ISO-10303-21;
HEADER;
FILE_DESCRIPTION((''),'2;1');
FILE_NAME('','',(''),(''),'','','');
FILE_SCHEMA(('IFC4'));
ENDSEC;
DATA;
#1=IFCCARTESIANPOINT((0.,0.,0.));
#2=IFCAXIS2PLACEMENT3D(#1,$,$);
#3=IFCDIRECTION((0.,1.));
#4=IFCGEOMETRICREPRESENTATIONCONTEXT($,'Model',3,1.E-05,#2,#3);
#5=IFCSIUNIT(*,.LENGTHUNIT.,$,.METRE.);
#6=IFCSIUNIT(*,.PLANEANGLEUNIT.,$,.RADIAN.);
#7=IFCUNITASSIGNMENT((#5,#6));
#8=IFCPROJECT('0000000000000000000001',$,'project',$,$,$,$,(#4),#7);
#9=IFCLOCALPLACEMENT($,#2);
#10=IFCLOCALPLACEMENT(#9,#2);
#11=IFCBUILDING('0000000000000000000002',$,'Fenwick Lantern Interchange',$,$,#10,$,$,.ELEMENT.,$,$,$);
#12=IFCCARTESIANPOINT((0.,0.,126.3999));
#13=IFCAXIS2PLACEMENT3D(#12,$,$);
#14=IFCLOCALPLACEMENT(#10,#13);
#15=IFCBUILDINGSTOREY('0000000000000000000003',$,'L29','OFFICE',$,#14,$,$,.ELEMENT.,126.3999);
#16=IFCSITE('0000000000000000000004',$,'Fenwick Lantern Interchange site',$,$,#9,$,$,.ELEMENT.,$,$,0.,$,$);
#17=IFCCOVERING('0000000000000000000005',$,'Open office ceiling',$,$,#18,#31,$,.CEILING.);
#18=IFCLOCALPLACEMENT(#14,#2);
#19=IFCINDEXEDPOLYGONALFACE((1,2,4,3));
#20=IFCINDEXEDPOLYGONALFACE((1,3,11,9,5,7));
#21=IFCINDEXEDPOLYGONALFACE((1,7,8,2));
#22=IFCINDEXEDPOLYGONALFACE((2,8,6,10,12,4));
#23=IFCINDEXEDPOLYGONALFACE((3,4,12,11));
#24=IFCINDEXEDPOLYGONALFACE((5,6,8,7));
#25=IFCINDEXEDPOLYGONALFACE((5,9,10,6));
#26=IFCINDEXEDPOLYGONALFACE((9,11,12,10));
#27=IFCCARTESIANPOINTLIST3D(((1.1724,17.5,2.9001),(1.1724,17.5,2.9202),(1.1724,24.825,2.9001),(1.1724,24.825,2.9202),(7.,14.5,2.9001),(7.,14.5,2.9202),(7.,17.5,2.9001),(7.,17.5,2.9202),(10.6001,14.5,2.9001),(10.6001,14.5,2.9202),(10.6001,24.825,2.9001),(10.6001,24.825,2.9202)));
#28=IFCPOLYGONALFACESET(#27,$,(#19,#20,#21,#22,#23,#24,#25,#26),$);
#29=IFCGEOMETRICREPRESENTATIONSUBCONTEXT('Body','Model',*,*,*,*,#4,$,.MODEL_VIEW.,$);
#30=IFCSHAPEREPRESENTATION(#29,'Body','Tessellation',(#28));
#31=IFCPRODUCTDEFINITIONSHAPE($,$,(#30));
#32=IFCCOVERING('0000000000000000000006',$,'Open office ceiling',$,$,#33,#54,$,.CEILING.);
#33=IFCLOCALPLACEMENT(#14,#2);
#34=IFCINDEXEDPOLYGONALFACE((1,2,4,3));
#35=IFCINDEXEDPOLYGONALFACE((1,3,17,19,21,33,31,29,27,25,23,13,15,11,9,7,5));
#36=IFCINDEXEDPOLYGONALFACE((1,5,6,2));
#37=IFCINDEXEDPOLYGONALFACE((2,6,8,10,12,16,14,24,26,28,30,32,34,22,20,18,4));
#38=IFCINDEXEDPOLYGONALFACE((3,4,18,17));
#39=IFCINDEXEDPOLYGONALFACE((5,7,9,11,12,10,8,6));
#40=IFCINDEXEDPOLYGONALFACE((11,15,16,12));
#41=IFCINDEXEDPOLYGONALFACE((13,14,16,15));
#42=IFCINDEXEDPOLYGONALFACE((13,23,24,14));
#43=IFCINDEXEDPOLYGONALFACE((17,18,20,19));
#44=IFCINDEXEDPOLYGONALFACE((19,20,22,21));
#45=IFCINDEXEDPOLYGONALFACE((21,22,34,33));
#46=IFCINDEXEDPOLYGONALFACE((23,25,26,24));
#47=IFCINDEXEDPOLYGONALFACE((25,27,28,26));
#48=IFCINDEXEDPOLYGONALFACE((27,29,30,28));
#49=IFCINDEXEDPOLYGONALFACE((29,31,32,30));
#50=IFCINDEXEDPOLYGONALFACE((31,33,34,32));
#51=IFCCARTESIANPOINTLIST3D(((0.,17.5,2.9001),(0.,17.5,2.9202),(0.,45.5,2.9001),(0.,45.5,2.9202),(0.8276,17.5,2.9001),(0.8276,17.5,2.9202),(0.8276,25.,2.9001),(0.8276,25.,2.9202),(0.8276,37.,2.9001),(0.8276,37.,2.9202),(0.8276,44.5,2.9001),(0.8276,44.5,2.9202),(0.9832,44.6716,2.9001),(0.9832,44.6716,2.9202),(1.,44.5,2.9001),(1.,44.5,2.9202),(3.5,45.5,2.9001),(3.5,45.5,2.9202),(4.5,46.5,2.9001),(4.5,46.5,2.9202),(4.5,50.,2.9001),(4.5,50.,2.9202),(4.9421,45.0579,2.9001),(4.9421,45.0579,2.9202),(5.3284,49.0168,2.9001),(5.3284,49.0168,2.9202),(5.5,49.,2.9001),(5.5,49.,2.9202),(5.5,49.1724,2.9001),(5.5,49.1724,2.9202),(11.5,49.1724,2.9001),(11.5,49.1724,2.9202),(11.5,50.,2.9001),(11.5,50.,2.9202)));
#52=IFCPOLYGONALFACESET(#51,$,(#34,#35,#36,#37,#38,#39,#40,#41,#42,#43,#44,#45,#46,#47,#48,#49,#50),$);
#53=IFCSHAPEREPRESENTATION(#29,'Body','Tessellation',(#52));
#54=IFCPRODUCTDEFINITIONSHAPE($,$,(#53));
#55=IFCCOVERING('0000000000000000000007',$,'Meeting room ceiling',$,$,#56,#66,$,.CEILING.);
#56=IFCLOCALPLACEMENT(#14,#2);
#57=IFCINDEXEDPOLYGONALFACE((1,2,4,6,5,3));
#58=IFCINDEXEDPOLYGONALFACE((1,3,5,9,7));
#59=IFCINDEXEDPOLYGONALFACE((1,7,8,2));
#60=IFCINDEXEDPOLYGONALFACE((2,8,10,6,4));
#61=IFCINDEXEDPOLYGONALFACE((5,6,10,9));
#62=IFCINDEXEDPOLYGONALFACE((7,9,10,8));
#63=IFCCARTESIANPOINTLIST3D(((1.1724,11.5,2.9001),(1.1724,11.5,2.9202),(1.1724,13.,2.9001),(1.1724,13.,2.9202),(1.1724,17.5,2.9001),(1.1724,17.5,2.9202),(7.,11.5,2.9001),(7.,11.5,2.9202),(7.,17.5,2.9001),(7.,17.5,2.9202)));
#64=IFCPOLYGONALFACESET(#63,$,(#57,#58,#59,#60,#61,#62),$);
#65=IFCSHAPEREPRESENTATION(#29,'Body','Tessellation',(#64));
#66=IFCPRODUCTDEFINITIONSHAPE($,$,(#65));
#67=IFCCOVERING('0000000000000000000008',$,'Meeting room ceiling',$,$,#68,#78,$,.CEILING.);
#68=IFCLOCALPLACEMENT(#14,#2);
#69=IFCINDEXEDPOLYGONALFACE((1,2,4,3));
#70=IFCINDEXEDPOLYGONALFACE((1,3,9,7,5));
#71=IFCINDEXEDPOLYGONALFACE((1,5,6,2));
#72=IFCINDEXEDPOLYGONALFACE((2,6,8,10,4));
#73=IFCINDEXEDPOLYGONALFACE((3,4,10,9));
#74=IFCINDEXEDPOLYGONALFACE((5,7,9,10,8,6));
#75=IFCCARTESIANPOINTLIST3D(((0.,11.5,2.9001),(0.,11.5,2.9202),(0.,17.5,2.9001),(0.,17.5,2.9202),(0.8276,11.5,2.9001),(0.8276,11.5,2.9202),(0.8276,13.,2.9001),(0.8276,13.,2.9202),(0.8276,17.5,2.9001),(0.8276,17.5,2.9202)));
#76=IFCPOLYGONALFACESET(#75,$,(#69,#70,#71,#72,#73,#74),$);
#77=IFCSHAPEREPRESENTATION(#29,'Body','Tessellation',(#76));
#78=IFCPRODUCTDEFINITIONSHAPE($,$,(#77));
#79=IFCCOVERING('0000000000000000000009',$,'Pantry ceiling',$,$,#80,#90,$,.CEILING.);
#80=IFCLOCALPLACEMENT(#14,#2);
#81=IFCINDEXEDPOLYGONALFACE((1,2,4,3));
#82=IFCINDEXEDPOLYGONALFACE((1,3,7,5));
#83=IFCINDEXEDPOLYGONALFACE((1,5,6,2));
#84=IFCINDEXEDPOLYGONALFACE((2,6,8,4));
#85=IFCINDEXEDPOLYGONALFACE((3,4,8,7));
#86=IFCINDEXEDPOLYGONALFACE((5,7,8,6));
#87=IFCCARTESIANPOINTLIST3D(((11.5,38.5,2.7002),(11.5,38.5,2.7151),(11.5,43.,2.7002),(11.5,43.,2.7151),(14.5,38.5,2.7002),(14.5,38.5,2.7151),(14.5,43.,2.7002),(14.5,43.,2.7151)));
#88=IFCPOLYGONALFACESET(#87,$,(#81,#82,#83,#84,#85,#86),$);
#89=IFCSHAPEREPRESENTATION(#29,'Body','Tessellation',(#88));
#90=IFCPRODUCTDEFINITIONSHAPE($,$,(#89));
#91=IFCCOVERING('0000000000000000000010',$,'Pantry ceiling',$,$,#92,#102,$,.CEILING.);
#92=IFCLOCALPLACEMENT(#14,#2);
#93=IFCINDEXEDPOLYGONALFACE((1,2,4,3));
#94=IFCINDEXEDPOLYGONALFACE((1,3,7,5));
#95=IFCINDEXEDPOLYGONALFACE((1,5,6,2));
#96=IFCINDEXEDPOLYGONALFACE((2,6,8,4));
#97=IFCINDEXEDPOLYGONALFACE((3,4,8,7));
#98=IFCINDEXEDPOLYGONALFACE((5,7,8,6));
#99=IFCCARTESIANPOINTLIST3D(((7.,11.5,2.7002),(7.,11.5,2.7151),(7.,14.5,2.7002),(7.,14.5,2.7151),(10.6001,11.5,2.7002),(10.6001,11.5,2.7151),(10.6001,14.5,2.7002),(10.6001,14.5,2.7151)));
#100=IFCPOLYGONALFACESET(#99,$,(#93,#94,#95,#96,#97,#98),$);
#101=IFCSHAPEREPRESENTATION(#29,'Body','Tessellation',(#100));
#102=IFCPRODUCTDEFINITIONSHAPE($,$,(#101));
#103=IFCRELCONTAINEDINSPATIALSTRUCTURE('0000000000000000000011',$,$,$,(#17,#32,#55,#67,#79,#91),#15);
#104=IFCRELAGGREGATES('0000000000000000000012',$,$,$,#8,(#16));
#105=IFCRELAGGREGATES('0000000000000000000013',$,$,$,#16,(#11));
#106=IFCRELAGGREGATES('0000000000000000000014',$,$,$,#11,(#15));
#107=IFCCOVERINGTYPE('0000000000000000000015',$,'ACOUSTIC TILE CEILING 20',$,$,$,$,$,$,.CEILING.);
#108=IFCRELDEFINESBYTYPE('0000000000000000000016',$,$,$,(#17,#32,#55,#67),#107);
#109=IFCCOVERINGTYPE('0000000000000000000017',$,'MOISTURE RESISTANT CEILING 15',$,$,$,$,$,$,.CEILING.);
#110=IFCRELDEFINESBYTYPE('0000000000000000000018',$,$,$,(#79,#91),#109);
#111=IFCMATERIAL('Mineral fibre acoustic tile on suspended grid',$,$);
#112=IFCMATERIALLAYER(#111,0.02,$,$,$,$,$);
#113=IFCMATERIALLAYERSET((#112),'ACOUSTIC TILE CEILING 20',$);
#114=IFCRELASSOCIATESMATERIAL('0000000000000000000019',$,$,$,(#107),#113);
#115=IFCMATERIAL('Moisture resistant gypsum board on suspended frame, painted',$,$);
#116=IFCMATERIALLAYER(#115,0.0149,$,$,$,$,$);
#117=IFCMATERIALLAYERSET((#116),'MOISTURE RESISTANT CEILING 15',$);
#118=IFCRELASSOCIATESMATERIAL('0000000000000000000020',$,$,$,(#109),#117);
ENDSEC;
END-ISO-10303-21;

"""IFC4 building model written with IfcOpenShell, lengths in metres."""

from ifc_helpers import new_model, si_unit, direction, frame, origin, place, context, subcontext, project, spatial, polyline, outline, extrude, material, layer, layer_set, type_object, element, save


model = new_model("IFC4")

# Units and contexts
model_context = context("Model", 3, precision=1e-05, world=origin(), true_north=direction((0.0, 1.0)))
body_context = subcontext(model_context, "Body", "Model", "MODEL_VIEW")
ifc_project = project(units=[si_unit("LENGTHUNIT", "METRE"), si_unit("PLANEANGLEUNIT", "RADIAN")], contexts=[model_context])

# Site, building, storey
site_placement = place(None, origin())
site = spatial("IfcSite", under=ifc_project, at=site_placement, Name="Fenwick Lantern Interchange site", CompositionType="ELEMENT", RefElevation=0.0)
building_placement = place(site_placement, origin())
building = spatial("IfcBuilding", under=site, at=building_placement, Name="Fenwick Lantern Interchange", CompositionType="ELEMENT")
storey_placement = place(building_placement, frame((0.0, 0.0, 126.3999)))
storey = spatial("IfcBuildingStorey", under=building, at=storey_placement, Name="L29", Description="OFFICE", CompositionType="ELEMENT", Elevation=126.3999)

# Coverings
ifc_material_1 = material(Name="Mineral fibre acoustic tile on suspended grid")
ifc_layer_1 = layer(ifc_material_1, 0.02)
ifc_layer_set_1 = layer_set([ifc_layer_1], Name="ACOUSTIC TILE CEILING 20")
covering_type_1 = type_object("IfcCoveringType", Name="ACOUSTIC TILE CEILING 20", PredefinedType="CEILING", material=ifc_layer_set_1)
covering_1_placement = place(storey_placement, frame((0.0, 0.0, 2.9001)))
element("IfcCovering", 1, at=covering_1_placement, inside=storey, type_object=covering_type_1, Name="Open office ceiling", PredefinedType="CEILING", context=body_context, shape_type="SweptSolid", body=[
    extrude(outline(polyline([(10.6001, 14.5), (10.6001, 24.825), (1.1724, 24.825), (1.1724, 17.5), (7.0, 17.5), (7.0, 14.5), (10.6001, 14.5)])), origin(), (0.0, 0.0, 1.0), 0.02),
])
covering_2_placement = place(storey_placement, frame((0.0, 0.0, 2.9001)))
element("IfcCovering", 2, at=covering_2_placement, inside=storey, type_object=covering_type_1, Name="Open office ceiling", PredefinedType="CEILING", context=body_context, shape_type="SweptSolid", body=[
    extrude(outline(polyline([(0.0, 45.5), (0.0, 17.5), (0.8276, 17.5), (0.8276, 25.0), (0.8276, 37.0), (0.8276, 44.5), (1.0, 44.5), (0.9832, 44.6716), (4.9421, 45.0579), (5.3284, 49.0168), (5.5, 49.0), (5.5, 49.1724), (11.5, 49.1724), (11.5, 50.0), (4.5, 50.0), (4.5, 46.5), (3.5, 45.5), (0.0, 45.5)])), origin(), (0.0, 0.0, 1.0), 0.02),
])
covering_3_placement = place(storey_placement, frame((0.0, 0.0, 2.9001)))
element("IfcCovering", 3, at=covering_3_placement, inside=storey, type_object=covering_type_1, Name="Meeting room ceiling", PredefinedType="CEILING", context=body_context, shape_type="SweptSolid", body=[
    extrude(outline(polyline([(7.0, 17.5), (1.1724, 17.5), (1.1724, 13.0), (1.1724, 11.5), (7.0, 11.5), (7.0, 17.5)])), origin(), (0.0, 0.0, 1.0), 0.02),
])
covering_4_placement = place(storey_placement, frame((0.0, 0.0, 2.9001)))
element("IfcCovering", 4, at=covering_4_placement, inside=storey, type_object=covering_type_1, Name="Meeting room ceiling", PredefinedType="CEILING", context=body_context, shape_type="SweptSolid", body=[
    extrude(outline(polyline([(0.0, 11.5), (0.8276, 11.5), (0.8276, 13.0), (0.8276, 17.5), (0.0, 17.5), (0.0, 11.5)])), origin(), (0.0, 0.0, 1.0), 0.02),
])
ifc_material_2 = material(Name="Moisture resistant gypsum board on suspended frame, painted")
ifc_layer_2 = layer(ifc_material_2, 0.0149)
ifc_layer_set_2 = layer_set([ifc_layer_2], Name="MOISTURE RESISTANT CEILING 15")
covering_type_2 = type_object("IfcCoveringType", Name="MOISTURE RESISTANT CEILING 15", PredefinedType="CEILING", material=ifc_layer_set_2)
covering_5_placement = place(storey_placement, frame((0.0, 0.0, 2.7002)))
element("IfcCovering", 5, at=covering_5_placement, inside=storey, type_object=covering_type_2, Name="Pantry ceiling", PredefinedType="CEILING", context=body_context, shape_type="SweptSolid", body=[
    extrude(outline(polyline([(14.5, 43.0), (11.5, 43.0), (11.5, 38.5), (14.5, 38.5), (14.5, 43.0)])), origin(), (0.0, 0.0, 1.0), 0.0149),
])
covering_6_placement = place(storey_placement, frame((0.0, 0.0, 2.7002)))
element("IfcCovering", 6, at=covering_6_placement, inside=storey, type_object=covering_type_2, Name="Pantry ceiling", PredefinedType="CEILING", context=body_context, shape_type="SweptSolid", body=[
    extrude(outline(polyline([(7.0, 14.5), (7.0, 11.5), (10.6001, 11.5), (10.6001, 14.5), (7.0, 14.5)])), origin(), (0.0, 0.0, 1.0), 0.0149),
])

save(model, "model.ifc")
